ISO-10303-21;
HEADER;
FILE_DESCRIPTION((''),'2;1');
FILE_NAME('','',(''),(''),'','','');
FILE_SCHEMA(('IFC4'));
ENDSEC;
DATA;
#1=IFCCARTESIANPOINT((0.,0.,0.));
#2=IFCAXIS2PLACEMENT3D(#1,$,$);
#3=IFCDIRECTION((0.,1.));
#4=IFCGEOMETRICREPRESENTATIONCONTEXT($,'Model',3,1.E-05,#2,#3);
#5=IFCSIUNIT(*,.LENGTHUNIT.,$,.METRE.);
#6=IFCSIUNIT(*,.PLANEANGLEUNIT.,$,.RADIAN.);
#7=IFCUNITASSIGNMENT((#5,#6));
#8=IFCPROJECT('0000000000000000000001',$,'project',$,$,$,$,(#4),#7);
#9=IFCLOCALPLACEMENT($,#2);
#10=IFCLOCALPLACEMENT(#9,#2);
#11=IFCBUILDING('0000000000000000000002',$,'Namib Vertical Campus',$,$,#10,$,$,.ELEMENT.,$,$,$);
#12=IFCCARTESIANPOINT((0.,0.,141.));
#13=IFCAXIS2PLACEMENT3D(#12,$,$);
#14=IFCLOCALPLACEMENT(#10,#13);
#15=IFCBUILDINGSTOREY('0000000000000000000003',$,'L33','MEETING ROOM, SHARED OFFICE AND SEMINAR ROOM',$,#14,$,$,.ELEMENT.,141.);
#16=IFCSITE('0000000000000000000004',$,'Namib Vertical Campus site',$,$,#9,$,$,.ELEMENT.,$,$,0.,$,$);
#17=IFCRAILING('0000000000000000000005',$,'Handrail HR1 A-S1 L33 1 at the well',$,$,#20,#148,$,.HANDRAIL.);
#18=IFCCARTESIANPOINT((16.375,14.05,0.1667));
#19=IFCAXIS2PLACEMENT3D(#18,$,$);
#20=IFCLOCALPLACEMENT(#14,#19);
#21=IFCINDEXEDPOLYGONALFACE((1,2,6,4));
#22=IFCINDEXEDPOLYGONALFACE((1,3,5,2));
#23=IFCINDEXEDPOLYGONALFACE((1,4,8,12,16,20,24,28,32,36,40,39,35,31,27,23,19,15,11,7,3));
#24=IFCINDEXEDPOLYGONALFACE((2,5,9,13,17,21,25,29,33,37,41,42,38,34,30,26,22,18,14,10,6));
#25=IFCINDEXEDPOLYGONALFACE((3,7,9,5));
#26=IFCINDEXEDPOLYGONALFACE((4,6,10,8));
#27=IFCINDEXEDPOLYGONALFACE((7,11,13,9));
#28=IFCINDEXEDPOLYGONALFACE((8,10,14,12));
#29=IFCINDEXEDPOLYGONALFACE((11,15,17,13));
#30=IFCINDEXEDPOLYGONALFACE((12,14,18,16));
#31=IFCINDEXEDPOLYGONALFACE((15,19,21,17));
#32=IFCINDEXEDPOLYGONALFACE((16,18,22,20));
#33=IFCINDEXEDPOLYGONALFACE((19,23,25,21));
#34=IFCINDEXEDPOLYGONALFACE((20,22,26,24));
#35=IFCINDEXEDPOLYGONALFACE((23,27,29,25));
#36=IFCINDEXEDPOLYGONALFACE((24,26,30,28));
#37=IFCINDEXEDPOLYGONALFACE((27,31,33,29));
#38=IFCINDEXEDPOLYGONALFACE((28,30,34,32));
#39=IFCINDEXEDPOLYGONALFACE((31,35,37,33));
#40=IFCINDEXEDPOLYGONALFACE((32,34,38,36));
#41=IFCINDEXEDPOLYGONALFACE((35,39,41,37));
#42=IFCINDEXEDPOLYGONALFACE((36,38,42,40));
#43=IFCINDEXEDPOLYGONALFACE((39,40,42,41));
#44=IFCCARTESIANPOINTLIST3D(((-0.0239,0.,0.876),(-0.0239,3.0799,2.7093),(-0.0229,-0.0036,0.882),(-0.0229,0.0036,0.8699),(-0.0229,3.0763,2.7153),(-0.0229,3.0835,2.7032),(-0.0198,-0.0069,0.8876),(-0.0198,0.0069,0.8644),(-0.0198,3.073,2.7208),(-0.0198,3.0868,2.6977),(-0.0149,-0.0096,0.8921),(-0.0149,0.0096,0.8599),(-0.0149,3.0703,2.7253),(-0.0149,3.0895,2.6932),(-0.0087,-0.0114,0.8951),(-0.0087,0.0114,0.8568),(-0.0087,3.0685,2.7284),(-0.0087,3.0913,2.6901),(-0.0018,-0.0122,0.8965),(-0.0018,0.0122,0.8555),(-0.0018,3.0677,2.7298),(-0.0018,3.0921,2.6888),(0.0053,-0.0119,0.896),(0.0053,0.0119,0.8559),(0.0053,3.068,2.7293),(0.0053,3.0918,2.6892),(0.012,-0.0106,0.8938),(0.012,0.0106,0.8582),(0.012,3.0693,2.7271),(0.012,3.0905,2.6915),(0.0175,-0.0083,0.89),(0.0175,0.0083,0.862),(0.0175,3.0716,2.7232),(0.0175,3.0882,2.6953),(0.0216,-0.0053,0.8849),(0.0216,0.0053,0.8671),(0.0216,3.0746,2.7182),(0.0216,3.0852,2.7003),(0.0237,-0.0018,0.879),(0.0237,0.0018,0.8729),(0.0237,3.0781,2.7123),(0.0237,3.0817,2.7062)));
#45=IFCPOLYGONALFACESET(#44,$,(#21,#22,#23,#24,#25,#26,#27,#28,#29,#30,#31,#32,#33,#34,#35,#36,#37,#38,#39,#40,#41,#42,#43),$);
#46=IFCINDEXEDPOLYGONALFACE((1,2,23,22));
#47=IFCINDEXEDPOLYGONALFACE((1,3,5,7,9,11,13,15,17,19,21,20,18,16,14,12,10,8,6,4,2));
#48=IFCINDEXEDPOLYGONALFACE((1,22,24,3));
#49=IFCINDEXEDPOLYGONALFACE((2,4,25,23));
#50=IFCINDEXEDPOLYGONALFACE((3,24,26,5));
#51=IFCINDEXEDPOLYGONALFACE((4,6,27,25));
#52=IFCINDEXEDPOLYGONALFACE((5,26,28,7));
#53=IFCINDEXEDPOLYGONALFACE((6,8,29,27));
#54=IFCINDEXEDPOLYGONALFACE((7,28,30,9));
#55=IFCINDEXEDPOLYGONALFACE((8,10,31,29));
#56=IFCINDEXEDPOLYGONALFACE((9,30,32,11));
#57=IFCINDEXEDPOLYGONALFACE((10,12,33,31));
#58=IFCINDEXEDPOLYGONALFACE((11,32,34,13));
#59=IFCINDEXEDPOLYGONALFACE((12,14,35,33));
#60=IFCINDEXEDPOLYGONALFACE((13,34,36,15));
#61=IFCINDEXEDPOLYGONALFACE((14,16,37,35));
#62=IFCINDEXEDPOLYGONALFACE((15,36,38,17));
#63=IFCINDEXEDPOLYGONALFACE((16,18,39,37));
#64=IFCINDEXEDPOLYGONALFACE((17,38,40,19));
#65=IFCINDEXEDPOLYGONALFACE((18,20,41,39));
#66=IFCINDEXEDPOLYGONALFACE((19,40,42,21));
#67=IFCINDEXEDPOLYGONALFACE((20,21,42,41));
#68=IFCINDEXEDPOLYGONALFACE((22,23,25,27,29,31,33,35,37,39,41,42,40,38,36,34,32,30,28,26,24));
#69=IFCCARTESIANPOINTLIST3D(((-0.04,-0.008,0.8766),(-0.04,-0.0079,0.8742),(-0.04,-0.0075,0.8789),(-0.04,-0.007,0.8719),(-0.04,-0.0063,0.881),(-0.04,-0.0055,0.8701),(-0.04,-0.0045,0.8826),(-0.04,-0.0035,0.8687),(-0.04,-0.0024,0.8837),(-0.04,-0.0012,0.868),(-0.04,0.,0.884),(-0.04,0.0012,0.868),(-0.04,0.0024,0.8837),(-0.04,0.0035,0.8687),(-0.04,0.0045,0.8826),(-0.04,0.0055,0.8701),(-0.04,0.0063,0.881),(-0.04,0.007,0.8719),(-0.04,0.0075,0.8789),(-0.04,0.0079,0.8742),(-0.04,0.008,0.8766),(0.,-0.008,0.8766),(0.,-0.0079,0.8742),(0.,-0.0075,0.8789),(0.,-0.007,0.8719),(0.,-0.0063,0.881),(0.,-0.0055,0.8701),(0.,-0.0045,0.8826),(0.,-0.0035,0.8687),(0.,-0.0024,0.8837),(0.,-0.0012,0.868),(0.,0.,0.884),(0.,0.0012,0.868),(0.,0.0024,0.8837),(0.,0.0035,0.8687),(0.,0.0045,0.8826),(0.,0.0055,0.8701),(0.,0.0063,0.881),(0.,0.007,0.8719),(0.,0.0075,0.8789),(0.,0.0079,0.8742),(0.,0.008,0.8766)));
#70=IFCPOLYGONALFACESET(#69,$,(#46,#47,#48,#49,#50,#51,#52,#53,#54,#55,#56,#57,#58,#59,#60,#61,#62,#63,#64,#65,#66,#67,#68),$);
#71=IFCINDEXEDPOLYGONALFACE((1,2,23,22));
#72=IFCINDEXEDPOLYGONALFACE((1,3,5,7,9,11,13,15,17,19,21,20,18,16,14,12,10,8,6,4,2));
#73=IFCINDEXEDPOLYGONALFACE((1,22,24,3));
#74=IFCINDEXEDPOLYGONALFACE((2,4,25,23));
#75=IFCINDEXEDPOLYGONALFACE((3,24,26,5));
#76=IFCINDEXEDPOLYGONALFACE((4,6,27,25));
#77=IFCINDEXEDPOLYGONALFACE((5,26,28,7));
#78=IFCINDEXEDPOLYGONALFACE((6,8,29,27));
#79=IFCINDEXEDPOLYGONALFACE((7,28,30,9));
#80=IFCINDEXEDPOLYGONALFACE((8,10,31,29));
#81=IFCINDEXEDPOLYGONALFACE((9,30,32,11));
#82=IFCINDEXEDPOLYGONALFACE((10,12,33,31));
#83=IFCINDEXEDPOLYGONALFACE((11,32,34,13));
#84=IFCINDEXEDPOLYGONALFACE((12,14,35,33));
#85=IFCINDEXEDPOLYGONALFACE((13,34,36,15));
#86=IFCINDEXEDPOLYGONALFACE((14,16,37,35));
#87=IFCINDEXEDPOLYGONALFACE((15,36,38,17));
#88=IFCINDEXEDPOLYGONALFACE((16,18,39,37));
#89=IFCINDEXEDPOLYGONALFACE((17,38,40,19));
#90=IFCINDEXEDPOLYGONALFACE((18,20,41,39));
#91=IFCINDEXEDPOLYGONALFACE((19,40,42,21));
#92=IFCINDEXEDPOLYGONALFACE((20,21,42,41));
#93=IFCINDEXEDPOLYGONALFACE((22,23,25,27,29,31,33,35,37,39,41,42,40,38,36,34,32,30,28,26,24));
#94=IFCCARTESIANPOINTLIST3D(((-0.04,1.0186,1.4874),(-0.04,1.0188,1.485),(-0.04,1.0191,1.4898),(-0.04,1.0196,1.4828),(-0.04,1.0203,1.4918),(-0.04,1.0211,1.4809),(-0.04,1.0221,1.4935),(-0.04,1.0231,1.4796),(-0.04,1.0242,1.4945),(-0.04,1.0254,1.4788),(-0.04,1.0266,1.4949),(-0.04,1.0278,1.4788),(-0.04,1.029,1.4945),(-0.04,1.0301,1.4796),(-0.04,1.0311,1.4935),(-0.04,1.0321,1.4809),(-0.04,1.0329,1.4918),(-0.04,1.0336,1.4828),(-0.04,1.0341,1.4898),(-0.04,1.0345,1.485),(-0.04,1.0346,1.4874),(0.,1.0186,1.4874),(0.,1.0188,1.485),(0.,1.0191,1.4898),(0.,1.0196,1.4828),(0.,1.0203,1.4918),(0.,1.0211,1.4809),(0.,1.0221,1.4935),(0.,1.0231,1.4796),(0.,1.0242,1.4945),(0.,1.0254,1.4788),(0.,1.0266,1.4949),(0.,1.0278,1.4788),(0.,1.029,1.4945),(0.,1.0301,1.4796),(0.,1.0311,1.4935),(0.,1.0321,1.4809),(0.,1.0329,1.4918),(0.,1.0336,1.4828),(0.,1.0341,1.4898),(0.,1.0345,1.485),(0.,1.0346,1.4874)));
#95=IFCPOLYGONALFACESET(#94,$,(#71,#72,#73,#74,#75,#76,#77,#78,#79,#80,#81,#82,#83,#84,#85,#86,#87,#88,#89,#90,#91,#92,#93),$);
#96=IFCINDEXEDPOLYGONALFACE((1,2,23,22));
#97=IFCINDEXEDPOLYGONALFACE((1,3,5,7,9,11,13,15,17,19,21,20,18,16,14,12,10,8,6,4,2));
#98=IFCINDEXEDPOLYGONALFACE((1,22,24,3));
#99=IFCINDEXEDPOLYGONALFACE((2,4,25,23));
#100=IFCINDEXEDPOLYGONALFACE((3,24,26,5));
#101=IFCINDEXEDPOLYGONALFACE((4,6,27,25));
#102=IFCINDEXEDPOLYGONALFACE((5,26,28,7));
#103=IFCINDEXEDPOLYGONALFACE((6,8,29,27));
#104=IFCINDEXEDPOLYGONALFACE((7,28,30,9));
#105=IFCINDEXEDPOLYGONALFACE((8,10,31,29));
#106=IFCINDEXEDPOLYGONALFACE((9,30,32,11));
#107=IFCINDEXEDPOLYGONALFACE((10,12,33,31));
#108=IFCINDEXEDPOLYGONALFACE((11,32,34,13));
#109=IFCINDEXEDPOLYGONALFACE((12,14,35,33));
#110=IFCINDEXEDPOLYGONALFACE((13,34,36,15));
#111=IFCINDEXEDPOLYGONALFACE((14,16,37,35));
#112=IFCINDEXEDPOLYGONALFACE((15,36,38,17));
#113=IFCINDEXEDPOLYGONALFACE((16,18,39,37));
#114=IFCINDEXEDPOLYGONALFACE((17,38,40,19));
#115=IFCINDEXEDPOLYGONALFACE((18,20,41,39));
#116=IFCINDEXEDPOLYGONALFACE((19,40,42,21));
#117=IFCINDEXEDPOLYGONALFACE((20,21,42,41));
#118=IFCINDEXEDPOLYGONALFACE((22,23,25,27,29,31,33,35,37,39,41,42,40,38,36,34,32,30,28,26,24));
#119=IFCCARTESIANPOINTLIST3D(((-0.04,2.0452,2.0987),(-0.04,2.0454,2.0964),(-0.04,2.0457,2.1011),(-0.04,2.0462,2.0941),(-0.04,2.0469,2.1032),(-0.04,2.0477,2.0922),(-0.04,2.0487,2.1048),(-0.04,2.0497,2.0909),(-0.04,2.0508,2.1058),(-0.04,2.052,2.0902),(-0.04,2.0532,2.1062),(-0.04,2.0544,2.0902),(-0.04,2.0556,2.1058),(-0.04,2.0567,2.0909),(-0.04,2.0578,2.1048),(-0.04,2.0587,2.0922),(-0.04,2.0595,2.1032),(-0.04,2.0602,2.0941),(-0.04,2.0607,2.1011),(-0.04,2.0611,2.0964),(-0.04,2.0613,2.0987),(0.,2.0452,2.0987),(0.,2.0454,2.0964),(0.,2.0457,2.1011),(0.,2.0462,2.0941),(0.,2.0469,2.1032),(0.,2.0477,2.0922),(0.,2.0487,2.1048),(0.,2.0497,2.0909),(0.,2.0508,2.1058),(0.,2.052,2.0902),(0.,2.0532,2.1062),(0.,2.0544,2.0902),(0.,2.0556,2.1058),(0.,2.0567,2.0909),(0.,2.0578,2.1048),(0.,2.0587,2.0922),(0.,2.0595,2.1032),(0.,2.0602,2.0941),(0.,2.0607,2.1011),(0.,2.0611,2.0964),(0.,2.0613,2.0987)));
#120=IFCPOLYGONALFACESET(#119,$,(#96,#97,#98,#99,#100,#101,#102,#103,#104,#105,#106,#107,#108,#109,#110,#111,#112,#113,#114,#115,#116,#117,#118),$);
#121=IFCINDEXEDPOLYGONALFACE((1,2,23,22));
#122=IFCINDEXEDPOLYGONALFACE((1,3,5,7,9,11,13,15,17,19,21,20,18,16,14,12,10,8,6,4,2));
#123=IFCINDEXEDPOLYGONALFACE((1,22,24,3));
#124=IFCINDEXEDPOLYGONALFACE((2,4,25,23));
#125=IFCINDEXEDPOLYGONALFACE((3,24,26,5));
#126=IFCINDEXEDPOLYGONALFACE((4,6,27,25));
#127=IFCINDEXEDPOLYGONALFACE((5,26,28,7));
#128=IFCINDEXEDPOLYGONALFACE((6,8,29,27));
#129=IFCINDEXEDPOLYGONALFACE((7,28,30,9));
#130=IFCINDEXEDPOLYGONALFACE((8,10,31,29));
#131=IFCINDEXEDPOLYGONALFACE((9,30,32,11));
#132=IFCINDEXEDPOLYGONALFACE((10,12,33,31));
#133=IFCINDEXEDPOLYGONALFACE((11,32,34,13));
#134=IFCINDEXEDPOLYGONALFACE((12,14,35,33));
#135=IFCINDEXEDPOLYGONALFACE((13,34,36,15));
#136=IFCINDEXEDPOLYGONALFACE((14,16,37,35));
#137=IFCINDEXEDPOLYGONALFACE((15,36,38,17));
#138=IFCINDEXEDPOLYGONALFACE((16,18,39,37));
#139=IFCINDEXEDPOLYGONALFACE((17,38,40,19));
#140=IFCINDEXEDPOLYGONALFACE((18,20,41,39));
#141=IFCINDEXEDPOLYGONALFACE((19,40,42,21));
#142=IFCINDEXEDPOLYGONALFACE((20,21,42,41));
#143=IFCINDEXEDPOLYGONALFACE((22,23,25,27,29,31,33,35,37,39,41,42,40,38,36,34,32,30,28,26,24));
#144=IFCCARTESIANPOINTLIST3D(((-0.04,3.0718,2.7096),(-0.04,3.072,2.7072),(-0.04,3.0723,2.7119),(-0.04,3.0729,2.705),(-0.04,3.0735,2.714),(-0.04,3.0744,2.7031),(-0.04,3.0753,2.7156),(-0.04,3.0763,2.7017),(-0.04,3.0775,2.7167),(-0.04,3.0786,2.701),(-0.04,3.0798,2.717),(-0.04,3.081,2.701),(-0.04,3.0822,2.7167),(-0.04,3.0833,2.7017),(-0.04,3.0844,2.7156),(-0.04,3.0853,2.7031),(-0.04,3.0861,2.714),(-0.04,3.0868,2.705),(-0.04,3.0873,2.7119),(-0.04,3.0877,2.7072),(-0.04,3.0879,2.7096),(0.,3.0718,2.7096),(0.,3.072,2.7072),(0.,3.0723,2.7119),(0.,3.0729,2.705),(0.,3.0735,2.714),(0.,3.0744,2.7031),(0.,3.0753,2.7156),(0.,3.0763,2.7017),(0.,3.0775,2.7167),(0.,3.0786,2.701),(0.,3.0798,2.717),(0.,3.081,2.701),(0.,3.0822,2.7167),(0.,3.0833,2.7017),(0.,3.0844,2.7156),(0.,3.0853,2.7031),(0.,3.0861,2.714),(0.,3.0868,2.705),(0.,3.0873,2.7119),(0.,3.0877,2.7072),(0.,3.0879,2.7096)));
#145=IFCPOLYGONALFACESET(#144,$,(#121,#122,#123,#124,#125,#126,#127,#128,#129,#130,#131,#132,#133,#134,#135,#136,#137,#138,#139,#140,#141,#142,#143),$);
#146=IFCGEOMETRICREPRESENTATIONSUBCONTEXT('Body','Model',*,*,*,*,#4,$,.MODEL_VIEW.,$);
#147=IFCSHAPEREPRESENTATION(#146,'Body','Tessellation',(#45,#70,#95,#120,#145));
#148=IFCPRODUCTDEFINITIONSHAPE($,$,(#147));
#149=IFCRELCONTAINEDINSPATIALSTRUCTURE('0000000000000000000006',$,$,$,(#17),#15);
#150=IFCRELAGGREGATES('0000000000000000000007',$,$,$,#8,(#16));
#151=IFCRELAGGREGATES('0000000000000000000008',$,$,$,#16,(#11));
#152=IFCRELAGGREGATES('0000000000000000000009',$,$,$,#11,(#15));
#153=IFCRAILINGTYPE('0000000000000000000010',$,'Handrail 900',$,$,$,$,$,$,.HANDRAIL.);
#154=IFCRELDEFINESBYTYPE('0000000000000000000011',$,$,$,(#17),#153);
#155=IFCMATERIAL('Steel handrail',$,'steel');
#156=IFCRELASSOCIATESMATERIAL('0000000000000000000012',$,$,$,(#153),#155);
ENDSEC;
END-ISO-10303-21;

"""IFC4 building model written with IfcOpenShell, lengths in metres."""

from ifc_helpers import new_model, si_unit, direction, frame, origin, origin_2d, place, context, subcontext, project, spatial, circle, extrude, material, type_object, element, save


model = new_model("IFC4")

# Units and contexts
model_context = context("Model", 3, precision=1e-05, world=origin(), true_north=direction((0.0, 1.0)))
body_context = subcontext(model_context, "Body", "Model", "MODEL_VIEW")
ifc_project = project(units=[si_unit("LENGTHUNIT", "METRE"), si_unit("PLANEANGLEUNIT", "RADIAN")], contexts=[model_context])

# Site, building, storey
site_placement = place(None, origin())
site = spatial("IfcSite", under=ifc_project, at=site_placement, Name="Namib Vertical Campus site", CompositionType="ELEMENT", RefElevation=0.0)
building_placement = place(site_placement, origin())
building = spatial("IfcBuilding", under=site, at=building_placement, Name="Namib Vertical Campus", CompositionType="ELEMENT")
storey_placement = place(building_placement, frame((0.0, 0.0, 141.0)))
storey = spatial("IfcBuildingStorey", under=building, at=storey_placement, Name="L33", Description="MEETING ROOM, SHARED OFFICE AND SEMINAR ROOM", CompositionType="ELEMENT", Elevation=141.0)

# Railing
ifc_material_1 = material(Name="Steel handrail", Category="steel")
railing_type_1 = type_object("IfcRailingType", Name="Handrail 900", PredefinedType="HANDRAIL", material=ifc_material_1)
railing_1_placement = place(storey_placement, frame((16.375, 14.05, 0.1667)))
element("IfcRailing", 1, at=railing_1_placement, inside=storey, type_object=railing_type_1, Name="Handrail HR1 A-S1 L33 1 at the well", PredefinedType="HANDRAIL", context=body_context, shape_type="SweptSolid", body=[
    extrude(circle(Radius=0.0239, at=origin_2d()), frame((0.0, 0.0, 0.876), z_axis=(0.0, 0.859291, 0.511487), x_axis=(-1.0, 0.0, 0.0)), (0.0, 0.0, 1.0), 3.5842),
    extrude(circle(Radius=0.0081, at=origin_2d()), frame((0.0, 0.0, 0.876), z_axis=(-1.0, 0.0, 0.0), x_axis=(0.0, 0.0, 1.0)), (0.0, 0.0, 1.0), 0.04),
    extrude(circle(Radius=0.0081, at=origin_2d()), frame((0.0, 1.0266, 1.4868), z_axis=(-1.0, 0.0, 0.0), x_axis=(0.0, 0.0, 1.0)), (0.0, 0.0, 1.0), 0.04),
    extrude(circle(Radius=0.0081, at=origin_2d()), frame((0.0, 2.0532, 2.0981), z_axis=(-1.0, 0.0, 0.0), x_axis=(0.0, 0.0, 1.0)), (0.0, 0.0, 1.0), 0.04),
    extrude(circle(Radius=0.0081, at=origin_2d()), frame((0.0, 3.0798, 2.709), z_axis=(-1.0, 0.0, 0.0), x_axis=(0.0, 0.0, 1.0)), (0.0, 0.0, 1.0), 0.04),
])

save(model, "model.ifc")
